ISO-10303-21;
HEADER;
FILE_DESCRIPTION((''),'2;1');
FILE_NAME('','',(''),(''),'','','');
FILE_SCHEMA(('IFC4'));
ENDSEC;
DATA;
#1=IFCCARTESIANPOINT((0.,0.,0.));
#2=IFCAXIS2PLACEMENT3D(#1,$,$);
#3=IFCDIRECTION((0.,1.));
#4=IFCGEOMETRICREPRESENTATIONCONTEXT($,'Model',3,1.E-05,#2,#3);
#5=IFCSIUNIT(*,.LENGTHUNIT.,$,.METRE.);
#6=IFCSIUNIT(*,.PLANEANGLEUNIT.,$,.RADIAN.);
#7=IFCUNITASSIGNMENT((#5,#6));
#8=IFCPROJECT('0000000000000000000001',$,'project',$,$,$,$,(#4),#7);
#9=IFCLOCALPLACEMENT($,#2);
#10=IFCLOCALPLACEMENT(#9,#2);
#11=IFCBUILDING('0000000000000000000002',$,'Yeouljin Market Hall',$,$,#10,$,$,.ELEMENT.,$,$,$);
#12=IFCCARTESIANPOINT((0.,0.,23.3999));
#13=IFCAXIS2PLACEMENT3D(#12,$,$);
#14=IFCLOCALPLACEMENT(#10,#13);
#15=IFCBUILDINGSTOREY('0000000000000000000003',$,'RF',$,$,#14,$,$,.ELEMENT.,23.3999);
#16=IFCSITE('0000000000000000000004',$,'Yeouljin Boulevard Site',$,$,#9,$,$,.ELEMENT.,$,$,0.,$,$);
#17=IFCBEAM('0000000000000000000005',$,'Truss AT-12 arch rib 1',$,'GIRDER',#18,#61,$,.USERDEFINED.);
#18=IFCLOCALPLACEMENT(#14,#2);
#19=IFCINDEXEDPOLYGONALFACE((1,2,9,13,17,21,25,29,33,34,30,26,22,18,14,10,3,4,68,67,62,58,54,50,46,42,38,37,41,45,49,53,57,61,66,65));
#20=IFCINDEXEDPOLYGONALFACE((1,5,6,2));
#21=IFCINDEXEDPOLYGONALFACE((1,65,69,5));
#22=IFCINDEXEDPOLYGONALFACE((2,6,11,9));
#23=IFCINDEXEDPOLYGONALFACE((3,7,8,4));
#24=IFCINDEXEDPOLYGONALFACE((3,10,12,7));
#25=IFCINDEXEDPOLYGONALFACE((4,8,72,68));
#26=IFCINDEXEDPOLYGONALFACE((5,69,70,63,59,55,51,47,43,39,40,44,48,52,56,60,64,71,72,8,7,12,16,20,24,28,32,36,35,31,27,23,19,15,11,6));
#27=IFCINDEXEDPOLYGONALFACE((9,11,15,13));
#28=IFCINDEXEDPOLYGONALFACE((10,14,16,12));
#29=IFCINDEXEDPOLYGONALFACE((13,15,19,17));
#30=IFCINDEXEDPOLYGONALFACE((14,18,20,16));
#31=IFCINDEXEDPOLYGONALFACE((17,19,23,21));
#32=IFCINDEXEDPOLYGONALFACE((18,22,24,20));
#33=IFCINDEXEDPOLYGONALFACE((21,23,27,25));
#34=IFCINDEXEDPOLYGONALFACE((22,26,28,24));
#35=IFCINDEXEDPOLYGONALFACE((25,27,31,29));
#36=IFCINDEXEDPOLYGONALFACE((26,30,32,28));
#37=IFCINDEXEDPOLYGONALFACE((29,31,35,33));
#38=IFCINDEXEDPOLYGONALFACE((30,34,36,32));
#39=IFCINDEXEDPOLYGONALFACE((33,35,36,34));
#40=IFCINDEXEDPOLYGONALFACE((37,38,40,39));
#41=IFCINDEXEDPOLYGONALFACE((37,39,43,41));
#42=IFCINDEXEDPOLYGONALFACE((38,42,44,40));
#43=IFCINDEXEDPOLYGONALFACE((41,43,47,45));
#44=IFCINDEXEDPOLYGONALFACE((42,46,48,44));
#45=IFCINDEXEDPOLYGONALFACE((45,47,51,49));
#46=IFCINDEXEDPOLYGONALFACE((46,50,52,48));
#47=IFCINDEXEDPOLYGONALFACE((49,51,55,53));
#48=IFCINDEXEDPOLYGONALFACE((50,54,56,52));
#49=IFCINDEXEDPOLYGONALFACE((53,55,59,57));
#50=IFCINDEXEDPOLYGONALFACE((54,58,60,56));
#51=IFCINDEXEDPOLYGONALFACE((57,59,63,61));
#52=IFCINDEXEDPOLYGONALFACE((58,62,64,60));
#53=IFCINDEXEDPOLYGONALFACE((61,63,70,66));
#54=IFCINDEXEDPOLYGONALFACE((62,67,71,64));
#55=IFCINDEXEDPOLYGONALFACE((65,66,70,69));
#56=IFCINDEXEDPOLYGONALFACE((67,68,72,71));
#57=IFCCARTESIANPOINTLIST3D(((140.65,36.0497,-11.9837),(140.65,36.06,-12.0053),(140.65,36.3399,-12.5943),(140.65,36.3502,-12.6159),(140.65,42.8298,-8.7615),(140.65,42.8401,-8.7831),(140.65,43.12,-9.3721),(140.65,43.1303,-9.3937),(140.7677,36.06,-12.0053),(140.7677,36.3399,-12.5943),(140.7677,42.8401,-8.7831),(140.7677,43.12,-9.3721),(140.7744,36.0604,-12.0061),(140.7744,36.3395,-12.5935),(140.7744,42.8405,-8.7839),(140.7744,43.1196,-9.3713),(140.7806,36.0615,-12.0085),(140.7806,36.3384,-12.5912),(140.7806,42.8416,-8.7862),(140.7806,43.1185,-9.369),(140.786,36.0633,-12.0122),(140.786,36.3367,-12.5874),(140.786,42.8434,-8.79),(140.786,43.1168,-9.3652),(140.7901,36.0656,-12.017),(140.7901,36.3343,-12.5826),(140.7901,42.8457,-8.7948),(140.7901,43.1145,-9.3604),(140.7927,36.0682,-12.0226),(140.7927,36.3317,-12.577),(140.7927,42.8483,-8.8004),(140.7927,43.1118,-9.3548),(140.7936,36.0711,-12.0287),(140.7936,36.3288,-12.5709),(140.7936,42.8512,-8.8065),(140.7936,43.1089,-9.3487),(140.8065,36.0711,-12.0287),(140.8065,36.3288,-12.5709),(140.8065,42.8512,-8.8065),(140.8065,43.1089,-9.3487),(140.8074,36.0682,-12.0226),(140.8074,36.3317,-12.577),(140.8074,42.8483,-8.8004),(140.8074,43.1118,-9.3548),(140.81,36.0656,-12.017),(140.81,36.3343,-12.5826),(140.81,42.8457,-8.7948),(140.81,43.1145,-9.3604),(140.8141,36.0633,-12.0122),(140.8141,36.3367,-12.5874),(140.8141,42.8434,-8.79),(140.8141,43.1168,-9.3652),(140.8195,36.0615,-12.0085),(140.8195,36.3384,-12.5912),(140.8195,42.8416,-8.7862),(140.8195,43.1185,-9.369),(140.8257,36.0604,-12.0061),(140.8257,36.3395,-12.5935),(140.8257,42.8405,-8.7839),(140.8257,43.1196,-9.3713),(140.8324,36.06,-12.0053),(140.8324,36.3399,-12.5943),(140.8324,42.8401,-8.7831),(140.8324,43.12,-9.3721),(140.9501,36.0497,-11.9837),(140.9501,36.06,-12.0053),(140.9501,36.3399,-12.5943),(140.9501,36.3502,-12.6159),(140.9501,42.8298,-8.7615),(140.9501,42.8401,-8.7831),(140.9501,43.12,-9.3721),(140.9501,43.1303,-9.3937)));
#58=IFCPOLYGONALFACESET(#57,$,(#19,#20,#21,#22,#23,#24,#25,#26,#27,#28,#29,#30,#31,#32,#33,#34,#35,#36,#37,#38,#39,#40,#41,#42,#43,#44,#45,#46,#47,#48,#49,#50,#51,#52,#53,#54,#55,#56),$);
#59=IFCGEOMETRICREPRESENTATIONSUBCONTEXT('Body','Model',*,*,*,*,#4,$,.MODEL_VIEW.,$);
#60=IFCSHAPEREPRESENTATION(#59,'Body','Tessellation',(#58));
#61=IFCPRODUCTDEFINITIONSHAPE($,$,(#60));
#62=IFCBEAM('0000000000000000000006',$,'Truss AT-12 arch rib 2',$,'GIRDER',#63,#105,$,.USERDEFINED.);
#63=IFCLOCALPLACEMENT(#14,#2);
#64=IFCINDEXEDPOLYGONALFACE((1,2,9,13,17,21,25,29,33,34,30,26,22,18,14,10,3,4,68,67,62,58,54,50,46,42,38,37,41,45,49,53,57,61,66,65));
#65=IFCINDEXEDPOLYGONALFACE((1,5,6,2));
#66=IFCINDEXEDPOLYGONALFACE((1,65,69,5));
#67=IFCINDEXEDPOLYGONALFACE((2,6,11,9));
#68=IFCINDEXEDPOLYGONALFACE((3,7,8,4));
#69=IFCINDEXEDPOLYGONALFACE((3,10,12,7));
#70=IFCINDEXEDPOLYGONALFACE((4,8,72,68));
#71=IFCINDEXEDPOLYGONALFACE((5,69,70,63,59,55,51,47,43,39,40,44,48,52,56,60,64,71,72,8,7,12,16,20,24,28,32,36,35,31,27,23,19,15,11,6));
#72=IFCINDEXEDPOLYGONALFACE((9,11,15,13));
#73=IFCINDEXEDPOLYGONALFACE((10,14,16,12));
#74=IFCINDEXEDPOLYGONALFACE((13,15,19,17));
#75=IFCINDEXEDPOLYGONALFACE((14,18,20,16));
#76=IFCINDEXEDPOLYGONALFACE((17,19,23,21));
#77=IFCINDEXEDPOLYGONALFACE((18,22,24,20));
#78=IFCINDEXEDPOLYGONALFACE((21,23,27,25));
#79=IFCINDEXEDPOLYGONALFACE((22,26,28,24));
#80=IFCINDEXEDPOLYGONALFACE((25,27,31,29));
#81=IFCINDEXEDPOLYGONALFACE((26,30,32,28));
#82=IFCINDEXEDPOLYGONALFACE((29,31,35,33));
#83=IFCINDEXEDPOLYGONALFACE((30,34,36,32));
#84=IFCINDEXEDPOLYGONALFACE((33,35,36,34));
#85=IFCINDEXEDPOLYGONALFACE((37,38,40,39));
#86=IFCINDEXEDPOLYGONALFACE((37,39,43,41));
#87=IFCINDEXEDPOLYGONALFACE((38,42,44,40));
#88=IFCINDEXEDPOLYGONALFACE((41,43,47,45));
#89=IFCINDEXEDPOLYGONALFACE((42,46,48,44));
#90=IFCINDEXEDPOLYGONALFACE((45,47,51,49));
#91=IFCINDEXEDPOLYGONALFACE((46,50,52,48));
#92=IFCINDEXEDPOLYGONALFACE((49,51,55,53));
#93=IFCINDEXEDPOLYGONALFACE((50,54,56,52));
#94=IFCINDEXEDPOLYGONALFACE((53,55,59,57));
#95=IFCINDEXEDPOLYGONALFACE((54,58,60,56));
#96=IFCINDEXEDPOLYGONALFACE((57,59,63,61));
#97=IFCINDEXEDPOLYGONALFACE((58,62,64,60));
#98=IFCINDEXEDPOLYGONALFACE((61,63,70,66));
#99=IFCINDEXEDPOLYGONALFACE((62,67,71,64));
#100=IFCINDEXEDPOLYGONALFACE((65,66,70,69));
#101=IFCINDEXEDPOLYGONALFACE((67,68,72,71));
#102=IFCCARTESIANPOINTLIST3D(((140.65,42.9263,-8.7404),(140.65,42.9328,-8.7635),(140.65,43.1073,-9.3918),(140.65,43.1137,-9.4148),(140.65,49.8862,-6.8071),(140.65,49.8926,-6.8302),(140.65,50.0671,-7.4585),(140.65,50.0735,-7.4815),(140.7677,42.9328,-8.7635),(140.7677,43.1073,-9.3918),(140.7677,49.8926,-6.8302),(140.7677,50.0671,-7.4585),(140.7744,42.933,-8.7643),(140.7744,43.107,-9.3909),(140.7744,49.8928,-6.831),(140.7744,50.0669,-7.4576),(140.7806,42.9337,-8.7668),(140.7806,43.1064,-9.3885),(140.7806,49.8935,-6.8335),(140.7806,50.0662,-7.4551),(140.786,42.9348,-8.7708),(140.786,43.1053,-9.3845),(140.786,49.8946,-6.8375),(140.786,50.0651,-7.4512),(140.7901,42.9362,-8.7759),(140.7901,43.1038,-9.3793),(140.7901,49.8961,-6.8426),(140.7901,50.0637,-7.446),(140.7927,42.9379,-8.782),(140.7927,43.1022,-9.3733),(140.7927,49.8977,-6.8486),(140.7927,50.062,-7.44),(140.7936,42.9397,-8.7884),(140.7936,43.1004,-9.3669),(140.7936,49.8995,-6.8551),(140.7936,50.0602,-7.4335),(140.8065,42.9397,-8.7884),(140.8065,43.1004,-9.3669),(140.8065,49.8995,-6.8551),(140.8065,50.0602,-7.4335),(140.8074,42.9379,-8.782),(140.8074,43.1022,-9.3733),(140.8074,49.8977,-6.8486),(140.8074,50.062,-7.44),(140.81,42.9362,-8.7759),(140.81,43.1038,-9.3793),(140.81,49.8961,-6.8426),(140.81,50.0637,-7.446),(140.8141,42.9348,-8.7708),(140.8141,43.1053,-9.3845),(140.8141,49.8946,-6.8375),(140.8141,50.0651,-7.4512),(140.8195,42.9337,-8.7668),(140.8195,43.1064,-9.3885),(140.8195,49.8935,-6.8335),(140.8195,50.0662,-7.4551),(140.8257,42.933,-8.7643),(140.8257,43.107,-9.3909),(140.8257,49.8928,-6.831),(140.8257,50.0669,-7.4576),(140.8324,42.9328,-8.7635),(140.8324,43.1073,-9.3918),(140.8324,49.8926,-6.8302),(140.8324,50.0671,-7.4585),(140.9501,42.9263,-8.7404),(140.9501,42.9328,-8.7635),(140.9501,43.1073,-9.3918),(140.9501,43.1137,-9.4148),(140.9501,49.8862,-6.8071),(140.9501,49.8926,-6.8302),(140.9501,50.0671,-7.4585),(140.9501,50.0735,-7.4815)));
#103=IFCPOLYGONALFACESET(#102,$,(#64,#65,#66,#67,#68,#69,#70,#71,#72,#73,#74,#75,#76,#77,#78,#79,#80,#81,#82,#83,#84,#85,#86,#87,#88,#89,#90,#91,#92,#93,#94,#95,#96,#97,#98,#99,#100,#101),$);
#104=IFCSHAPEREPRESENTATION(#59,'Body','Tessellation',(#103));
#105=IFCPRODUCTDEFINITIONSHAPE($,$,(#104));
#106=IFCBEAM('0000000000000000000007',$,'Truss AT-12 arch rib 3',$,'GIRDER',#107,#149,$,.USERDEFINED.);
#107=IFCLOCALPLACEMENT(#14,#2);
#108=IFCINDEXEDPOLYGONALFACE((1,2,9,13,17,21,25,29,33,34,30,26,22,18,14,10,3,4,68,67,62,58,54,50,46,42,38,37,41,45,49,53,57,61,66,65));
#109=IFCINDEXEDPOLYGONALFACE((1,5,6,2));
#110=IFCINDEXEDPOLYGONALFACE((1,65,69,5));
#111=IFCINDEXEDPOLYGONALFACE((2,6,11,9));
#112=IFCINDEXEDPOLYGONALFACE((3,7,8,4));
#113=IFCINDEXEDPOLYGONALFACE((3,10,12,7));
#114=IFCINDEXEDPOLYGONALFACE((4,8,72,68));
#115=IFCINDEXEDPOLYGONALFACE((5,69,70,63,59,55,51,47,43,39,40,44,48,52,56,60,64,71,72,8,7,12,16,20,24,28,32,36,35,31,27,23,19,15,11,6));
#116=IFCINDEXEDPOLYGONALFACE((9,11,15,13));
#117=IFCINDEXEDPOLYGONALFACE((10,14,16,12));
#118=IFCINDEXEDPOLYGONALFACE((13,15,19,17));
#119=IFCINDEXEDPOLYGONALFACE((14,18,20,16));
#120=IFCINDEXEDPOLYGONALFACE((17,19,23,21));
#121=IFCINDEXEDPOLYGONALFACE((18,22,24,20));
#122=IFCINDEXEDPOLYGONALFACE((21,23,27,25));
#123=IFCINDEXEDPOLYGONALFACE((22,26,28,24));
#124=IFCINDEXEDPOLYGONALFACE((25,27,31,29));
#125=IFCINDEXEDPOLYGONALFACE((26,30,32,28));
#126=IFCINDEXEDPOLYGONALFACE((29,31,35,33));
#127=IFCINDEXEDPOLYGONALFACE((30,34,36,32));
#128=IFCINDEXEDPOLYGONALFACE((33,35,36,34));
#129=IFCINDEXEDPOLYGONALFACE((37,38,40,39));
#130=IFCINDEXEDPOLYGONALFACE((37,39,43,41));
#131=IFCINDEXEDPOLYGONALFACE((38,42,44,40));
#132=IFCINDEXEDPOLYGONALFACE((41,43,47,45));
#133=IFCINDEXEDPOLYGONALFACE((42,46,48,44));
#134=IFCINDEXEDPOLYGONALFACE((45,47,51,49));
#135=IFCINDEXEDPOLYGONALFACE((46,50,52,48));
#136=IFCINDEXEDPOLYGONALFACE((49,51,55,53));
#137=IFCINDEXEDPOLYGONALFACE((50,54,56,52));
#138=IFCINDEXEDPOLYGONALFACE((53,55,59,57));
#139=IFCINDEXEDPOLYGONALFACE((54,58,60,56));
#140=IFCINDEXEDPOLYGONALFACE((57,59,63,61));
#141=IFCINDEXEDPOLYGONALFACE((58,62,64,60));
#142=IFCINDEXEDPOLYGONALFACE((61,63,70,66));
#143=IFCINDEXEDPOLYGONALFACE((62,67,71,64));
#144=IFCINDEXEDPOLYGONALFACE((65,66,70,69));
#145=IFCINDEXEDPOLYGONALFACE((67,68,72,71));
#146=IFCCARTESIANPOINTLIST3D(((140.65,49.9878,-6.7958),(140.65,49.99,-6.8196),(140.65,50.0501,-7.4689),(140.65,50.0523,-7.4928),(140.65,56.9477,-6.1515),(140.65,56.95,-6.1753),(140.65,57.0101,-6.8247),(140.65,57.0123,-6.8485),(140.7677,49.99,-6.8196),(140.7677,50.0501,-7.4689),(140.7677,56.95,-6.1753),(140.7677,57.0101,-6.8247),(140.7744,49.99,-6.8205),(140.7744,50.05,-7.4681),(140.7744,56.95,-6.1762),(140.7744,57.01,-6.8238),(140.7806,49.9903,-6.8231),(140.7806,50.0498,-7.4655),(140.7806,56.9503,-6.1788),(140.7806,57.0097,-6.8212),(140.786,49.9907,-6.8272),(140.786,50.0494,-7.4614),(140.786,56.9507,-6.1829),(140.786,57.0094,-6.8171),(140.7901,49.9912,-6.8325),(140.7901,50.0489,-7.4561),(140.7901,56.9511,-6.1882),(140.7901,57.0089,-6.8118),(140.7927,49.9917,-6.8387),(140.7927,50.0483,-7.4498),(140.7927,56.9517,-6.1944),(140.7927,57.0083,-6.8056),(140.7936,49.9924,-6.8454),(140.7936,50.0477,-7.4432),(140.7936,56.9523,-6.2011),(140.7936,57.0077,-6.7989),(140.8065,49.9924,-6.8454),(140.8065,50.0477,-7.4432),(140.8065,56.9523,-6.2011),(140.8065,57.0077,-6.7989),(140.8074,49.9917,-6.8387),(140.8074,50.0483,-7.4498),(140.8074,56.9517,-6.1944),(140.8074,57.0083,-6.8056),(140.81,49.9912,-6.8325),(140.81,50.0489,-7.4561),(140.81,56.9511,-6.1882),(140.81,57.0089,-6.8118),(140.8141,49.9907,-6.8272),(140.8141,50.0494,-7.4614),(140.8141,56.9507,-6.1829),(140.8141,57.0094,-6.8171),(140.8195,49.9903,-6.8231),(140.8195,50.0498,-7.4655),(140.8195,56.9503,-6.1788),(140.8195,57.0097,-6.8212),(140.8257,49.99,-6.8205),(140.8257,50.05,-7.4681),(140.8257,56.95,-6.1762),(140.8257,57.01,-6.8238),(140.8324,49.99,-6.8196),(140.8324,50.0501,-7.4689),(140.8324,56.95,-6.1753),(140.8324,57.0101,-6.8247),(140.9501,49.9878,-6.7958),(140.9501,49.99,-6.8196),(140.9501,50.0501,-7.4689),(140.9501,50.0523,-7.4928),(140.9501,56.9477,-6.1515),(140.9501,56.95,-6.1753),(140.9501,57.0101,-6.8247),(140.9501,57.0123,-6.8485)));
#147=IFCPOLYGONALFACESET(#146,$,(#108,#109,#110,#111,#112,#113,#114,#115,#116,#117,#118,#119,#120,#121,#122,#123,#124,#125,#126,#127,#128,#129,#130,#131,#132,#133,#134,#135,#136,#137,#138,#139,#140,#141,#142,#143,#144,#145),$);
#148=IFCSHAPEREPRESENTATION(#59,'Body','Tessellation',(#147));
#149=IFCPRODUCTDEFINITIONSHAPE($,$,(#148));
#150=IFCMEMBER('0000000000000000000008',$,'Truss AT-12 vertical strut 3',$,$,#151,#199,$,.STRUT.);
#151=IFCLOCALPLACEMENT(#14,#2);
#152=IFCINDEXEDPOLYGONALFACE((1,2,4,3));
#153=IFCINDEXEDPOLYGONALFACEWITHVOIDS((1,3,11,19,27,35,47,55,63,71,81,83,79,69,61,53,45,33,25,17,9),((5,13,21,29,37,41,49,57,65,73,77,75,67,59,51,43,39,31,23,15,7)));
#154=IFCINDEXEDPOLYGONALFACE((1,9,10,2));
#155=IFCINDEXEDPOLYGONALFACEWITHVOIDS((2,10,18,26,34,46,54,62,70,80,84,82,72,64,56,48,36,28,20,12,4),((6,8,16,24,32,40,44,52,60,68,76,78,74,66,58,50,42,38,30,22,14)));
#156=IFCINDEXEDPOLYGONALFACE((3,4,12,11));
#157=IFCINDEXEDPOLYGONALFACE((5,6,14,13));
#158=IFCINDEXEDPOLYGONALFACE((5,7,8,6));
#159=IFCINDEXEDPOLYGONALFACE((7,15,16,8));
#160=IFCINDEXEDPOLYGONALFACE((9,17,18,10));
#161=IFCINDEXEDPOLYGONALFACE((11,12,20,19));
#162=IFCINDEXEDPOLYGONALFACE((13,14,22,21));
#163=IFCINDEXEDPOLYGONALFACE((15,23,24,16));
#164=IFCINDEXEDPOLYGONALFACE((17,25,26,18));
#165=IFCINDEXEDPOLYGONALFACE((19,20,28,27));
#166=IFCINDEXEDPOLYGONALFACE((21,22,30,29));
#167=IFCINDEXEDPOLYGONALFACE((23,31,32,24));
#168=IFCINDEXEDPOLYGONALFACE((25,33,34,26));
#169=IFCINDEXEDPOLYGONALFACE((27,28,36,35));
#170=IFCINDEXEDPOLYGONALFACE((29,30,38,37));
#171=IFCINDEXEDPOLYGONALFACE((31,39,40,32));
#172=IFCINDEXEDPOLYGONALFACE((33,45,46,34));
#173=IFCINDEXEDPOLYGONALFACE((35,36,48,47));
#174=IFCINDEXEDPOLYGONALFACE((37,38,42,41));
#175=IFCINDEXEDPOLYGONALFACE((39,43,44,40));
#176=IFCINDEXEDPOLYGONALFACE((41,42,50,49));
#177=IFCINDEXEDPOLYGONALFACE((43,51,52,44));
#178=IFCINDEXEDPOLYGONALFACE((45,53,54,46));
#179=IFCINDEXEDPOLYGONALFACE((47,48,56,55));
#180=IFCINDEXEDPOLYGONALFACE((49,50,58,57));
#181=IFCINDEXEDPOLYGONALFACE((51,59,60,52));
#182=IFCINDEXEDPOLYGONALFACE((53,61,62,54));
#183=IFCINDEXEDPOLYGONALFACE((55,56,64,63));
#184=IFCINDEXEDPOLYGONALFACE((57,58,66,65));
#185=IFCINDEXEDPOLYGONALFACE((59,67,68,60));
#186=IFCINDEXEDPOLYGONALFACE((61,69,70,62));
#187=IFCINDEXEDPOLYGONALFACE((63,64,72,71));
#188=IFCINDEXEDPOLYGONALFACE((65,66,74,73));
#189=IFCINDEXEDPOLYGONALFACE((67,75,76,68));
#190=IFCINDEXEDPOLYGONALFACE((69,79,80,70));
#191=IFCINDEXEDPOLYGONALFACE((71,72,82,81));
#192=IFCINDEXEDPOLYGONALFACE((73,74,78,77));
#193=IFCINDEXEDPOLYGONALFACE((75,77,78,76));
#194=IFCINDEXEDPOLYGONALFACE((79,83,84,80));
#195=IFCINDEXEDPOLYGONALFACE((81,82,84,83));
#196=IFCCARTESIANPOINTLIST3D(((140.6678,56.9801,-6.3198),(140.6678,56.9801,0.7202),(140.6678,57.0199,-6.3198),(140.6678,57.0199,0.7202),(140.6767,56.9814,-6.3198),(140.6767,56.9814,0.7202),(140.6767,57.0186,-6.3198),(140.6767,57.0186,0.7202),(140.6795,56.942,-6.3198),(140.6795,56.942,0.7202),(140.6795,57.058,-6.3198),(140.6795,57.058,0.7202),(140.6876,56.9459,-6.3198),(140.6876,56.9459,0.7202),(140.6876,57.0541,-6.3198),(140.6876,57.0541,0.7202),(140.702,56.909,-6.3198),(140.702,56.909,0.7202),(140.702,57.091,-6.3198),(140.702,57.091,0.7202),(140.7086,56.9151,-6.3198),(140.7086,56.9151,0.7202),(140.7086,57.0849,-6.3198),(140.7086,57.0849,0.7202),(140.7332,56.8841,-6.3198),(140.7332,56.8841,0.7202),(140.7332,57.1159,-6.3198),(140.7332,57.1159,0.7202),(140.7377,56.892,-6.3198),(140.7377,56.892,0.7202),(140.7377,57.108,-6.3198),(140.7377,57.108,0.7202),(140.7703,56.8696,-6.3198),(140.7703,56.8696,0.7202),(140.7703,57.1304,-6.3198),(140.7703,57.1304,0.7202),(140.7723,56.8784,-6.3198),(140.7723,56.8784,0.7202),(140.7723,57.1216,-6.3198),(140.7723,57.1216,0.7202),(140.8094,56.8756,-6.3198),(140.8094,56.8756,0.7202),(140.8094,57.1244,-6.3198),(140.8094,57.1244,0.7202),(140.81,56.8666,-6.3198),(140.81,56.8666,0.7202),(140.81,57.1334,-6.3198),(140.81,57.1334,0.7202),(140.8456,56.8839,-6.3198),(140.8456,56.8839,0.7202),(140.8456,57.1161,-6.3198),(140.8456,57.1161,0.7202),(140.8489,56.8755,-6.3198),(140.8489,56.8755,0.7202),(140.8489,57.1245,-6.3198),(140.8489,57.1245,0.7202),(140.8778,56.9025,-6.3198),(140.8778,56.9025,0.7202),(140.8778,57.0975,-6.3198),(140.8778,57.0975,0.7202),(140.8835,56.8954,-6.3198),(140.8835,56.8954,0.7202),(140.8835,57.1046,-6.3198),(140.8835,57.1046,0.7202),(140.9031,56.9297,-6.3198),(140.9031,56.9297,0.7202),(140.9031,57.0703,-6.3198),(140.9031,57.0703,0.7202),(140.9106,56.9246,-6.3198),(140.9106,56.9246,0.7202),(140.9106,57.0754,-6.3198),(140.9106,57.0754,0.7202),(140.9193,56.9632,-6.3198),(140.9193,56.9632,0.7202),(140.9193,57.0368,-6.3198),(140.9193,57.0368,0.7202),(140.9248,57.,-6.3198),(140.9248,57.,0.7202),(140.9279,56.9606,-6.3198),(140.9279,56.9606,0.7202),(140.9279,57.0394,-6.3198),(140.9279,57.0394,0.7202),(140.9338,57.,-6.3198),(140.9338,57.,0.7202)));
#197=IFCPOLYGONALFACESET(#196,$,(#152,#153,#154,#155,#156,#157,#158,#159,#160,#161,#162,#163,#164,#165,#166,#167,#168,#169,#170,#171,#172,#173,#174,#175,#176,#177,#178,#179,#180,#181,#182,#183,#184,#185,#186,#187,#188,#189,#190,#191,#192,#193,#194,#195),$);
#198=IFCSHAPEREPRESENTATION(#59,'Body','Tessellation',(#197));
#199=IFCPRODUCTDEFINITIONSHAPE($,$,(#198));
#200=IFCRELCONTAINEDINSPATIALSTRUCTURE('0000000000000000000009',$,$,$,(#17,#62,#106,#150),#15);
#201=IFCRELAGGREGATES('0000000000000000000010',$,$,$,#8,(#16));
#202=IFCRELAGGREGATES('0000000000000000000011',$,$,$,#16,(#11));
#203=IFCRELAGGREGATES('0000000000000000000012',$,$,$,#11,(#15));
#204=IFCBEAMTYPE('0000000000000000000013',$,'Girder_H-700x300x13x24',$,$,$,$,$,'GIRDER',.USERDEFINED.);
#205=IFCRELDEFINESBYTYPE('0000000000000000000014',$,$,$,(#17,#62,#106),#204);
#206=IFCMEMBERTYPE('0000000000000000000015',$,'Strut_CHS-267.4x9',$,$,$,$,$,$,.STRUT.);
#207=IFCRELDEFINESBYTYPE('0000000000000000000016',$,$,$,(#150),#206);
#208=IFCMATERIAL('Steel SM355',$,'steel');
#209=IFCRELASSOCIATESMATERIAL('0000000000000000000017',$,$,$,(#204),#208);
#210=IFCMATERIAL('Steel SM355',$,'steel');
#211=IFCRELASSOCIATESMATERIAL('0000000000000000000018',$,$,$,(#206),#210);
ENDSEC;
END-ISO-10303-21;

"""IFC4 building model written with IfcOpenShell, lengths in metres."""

from ifc_helpers import new_model, si_unit, direction, frame, origin, origin_2d, place, context, subcontext, project, spatial, hollow_circle, i_section, extrude, material, material_profile, profile_set, type_object, element, save


model = new_model("IFC4")

# Units and contexts
model_context = context("Model", 3, precision=1e-05, world=origin(), true_north=direction((0.0, 1.0)))
body_context = subcontext(model_context, "Body", "Model", "MODEL_VIEW")
ifc_project = project(units=[si_unit("LENGTHUNIT", "METRE"), si_unit("PLANEANGLEUNIT", "RADIAN")], contexts=[model_context])

# Site, building, storey
site_placement = place(None, origin())
site = spatial("IfcSite", under=ifc_project, at=site_placement, Name="Yeouljin Boulevard Site", CompositionType="ELEMENT", RefElevation=0.0)
building_placement = place(site_placement, origin())
building = spatial("IfcBuilding", under=site, at=building_placement, Name="Yeouljin Market Hall", CompositionType="ELEMENT")
storey_placement = place(building_placement, frame((0.0, 0.0, 23.3999)))
storey = spatial("IfcBuildingStorey", under=building, at=storey_placement, Name="RF", CompositionType="ELEMENT", Elevation=23.3999)

# Beams
ifc_material_1 = material(Name="Steel SM355", Category="steel")
ifc_material_profile_1 = material_profile(ifc_material_1, i_section(OverallWidth=0.3, OverallDepth=0.7, WebThickness=0.0129, FlangeThickness=0.0239, FilletRadius=0.0259, at=origin_2d()), Name="H-700x300x13x24")
ifc_profile_set_1 = profile_set([ifc_material_profile_1], Name="Steel SM355")
beam_type_1 = type_object("IfcBeamType", Name="Girder_H-700x300x13x24", ElementType="GIRDER", PredefinedType="USERDEFINED", material=ifc_profile_set_1)
beam_1_placement = place(storey_placement, frame((140.8, 36.2, -12.2998), z_axis=(0.0, 0.903192, 0.429237), x_axis=(-1.0, 0.0, 0.0)))
element("IfcBeam", 1, at=beam_1_placement, inside=storey, type_object=beam_type_1, Name="Truss AT-12 arch rib 1", ObjectType="GIRDER", PredefinedType="USERDEFINED", context=body_context, shape_type="SweptSolid", body=[
    extrude(i_section(OverallWidth=0.3, OverallDepth=0.7, WebThickness=0.0129, FlangeThickness=0.0239, FilletRadius=0.0259, at=origin_2d()), origin(), (0.0, 0.0, 1.0), 7.5068),
])
beam_2_placement = place(storey_placement, frame((140.8, 43.02, -9.0776), z_axis=(0.0, 0.963517, 0.267647), x_axis=(-1.0, 0.0, 0.0)))
element("IfcBeam", 2, at=beam_2_placement, inside=storey, type_object=beam_type_1, Name="Truss AT-12 arch rib 2", ObjectType="GIRDER", PredefinedType="USERDEFINED", context=body_context, shape_type="SweptSolid", body=[
    extrude(i_section(OverallWidth=0.3, OverallDepth=0.7, WebThickness=0.0129, FlangeThickness=0.0239, FilletRadius=0.0259, at=origin_2d()), origin(), (0.0, 0.0, 1.0), 7.2234),
])
beam_3_placement = place(storey_placement, frame((140.8, 50.02, -7.1443), z_axis=(0.0, 0.995743, 0.092176), x_axis=(-1.0, 0.0, 0.0)))
element("IfcBeam", 3, at=beam_3_placement, inside=storey, type_object=beam_type_1, Name="Truss AT-12 arch rib 3", ObjectType="GIRDER", PredefinedType="USERDEFINED", context=body_context, shape_type="SweptSolid", body=[
    extrude(i_section(OverallWidth=0.3, OverallDepth=0.7, WebThickness=0.0129, FlangeThickness=0.0239, FilletRadius=0.0259, at=origin_2d()), origin(), (0.0, 0.0, 1.0), 6.9897),
])

# Member
ifc_material_2 = material(Name="Steel SM355", Category="steel")
ifc_material_profile_2 = material_profile(ifc_material_2, hollow_circle(Radius=0.1338, WallThickness=0.009, at=origin_2d()), Name="CHS-267.4x9")
ifc_profile_set_2 = profile_set([ifc_material_profile_2], Name="Steel SM355")
member_type_1 = type_object("IfcMemberType", Name="Strut_CHS-267.4x9", PredefinedType="STRUT", material=ifc_profile_set_2)
member_1_placement = place(storey_placement, frame((140.8, 57.0, -6.3198), z_axis=(0.0, 0.0, 1.0), x_axis=(1.0, 0.0, 0.0)))
element("IfcMember", 4, at=member_1_placement, inside=storey, type_object=member_type_1, Name="Truss AT-12 vertical strut 3", PredefinedType="STRUT", context=body_context, shape_type="SweptSolid", body=[
    extrude(hollow_circle(Radius=0.1338, WallThickness=0.009, at=origin_2d()), origin(), (0.0, 0.0, 1.0), 7.04),
])

save(model, "model.ifc")
